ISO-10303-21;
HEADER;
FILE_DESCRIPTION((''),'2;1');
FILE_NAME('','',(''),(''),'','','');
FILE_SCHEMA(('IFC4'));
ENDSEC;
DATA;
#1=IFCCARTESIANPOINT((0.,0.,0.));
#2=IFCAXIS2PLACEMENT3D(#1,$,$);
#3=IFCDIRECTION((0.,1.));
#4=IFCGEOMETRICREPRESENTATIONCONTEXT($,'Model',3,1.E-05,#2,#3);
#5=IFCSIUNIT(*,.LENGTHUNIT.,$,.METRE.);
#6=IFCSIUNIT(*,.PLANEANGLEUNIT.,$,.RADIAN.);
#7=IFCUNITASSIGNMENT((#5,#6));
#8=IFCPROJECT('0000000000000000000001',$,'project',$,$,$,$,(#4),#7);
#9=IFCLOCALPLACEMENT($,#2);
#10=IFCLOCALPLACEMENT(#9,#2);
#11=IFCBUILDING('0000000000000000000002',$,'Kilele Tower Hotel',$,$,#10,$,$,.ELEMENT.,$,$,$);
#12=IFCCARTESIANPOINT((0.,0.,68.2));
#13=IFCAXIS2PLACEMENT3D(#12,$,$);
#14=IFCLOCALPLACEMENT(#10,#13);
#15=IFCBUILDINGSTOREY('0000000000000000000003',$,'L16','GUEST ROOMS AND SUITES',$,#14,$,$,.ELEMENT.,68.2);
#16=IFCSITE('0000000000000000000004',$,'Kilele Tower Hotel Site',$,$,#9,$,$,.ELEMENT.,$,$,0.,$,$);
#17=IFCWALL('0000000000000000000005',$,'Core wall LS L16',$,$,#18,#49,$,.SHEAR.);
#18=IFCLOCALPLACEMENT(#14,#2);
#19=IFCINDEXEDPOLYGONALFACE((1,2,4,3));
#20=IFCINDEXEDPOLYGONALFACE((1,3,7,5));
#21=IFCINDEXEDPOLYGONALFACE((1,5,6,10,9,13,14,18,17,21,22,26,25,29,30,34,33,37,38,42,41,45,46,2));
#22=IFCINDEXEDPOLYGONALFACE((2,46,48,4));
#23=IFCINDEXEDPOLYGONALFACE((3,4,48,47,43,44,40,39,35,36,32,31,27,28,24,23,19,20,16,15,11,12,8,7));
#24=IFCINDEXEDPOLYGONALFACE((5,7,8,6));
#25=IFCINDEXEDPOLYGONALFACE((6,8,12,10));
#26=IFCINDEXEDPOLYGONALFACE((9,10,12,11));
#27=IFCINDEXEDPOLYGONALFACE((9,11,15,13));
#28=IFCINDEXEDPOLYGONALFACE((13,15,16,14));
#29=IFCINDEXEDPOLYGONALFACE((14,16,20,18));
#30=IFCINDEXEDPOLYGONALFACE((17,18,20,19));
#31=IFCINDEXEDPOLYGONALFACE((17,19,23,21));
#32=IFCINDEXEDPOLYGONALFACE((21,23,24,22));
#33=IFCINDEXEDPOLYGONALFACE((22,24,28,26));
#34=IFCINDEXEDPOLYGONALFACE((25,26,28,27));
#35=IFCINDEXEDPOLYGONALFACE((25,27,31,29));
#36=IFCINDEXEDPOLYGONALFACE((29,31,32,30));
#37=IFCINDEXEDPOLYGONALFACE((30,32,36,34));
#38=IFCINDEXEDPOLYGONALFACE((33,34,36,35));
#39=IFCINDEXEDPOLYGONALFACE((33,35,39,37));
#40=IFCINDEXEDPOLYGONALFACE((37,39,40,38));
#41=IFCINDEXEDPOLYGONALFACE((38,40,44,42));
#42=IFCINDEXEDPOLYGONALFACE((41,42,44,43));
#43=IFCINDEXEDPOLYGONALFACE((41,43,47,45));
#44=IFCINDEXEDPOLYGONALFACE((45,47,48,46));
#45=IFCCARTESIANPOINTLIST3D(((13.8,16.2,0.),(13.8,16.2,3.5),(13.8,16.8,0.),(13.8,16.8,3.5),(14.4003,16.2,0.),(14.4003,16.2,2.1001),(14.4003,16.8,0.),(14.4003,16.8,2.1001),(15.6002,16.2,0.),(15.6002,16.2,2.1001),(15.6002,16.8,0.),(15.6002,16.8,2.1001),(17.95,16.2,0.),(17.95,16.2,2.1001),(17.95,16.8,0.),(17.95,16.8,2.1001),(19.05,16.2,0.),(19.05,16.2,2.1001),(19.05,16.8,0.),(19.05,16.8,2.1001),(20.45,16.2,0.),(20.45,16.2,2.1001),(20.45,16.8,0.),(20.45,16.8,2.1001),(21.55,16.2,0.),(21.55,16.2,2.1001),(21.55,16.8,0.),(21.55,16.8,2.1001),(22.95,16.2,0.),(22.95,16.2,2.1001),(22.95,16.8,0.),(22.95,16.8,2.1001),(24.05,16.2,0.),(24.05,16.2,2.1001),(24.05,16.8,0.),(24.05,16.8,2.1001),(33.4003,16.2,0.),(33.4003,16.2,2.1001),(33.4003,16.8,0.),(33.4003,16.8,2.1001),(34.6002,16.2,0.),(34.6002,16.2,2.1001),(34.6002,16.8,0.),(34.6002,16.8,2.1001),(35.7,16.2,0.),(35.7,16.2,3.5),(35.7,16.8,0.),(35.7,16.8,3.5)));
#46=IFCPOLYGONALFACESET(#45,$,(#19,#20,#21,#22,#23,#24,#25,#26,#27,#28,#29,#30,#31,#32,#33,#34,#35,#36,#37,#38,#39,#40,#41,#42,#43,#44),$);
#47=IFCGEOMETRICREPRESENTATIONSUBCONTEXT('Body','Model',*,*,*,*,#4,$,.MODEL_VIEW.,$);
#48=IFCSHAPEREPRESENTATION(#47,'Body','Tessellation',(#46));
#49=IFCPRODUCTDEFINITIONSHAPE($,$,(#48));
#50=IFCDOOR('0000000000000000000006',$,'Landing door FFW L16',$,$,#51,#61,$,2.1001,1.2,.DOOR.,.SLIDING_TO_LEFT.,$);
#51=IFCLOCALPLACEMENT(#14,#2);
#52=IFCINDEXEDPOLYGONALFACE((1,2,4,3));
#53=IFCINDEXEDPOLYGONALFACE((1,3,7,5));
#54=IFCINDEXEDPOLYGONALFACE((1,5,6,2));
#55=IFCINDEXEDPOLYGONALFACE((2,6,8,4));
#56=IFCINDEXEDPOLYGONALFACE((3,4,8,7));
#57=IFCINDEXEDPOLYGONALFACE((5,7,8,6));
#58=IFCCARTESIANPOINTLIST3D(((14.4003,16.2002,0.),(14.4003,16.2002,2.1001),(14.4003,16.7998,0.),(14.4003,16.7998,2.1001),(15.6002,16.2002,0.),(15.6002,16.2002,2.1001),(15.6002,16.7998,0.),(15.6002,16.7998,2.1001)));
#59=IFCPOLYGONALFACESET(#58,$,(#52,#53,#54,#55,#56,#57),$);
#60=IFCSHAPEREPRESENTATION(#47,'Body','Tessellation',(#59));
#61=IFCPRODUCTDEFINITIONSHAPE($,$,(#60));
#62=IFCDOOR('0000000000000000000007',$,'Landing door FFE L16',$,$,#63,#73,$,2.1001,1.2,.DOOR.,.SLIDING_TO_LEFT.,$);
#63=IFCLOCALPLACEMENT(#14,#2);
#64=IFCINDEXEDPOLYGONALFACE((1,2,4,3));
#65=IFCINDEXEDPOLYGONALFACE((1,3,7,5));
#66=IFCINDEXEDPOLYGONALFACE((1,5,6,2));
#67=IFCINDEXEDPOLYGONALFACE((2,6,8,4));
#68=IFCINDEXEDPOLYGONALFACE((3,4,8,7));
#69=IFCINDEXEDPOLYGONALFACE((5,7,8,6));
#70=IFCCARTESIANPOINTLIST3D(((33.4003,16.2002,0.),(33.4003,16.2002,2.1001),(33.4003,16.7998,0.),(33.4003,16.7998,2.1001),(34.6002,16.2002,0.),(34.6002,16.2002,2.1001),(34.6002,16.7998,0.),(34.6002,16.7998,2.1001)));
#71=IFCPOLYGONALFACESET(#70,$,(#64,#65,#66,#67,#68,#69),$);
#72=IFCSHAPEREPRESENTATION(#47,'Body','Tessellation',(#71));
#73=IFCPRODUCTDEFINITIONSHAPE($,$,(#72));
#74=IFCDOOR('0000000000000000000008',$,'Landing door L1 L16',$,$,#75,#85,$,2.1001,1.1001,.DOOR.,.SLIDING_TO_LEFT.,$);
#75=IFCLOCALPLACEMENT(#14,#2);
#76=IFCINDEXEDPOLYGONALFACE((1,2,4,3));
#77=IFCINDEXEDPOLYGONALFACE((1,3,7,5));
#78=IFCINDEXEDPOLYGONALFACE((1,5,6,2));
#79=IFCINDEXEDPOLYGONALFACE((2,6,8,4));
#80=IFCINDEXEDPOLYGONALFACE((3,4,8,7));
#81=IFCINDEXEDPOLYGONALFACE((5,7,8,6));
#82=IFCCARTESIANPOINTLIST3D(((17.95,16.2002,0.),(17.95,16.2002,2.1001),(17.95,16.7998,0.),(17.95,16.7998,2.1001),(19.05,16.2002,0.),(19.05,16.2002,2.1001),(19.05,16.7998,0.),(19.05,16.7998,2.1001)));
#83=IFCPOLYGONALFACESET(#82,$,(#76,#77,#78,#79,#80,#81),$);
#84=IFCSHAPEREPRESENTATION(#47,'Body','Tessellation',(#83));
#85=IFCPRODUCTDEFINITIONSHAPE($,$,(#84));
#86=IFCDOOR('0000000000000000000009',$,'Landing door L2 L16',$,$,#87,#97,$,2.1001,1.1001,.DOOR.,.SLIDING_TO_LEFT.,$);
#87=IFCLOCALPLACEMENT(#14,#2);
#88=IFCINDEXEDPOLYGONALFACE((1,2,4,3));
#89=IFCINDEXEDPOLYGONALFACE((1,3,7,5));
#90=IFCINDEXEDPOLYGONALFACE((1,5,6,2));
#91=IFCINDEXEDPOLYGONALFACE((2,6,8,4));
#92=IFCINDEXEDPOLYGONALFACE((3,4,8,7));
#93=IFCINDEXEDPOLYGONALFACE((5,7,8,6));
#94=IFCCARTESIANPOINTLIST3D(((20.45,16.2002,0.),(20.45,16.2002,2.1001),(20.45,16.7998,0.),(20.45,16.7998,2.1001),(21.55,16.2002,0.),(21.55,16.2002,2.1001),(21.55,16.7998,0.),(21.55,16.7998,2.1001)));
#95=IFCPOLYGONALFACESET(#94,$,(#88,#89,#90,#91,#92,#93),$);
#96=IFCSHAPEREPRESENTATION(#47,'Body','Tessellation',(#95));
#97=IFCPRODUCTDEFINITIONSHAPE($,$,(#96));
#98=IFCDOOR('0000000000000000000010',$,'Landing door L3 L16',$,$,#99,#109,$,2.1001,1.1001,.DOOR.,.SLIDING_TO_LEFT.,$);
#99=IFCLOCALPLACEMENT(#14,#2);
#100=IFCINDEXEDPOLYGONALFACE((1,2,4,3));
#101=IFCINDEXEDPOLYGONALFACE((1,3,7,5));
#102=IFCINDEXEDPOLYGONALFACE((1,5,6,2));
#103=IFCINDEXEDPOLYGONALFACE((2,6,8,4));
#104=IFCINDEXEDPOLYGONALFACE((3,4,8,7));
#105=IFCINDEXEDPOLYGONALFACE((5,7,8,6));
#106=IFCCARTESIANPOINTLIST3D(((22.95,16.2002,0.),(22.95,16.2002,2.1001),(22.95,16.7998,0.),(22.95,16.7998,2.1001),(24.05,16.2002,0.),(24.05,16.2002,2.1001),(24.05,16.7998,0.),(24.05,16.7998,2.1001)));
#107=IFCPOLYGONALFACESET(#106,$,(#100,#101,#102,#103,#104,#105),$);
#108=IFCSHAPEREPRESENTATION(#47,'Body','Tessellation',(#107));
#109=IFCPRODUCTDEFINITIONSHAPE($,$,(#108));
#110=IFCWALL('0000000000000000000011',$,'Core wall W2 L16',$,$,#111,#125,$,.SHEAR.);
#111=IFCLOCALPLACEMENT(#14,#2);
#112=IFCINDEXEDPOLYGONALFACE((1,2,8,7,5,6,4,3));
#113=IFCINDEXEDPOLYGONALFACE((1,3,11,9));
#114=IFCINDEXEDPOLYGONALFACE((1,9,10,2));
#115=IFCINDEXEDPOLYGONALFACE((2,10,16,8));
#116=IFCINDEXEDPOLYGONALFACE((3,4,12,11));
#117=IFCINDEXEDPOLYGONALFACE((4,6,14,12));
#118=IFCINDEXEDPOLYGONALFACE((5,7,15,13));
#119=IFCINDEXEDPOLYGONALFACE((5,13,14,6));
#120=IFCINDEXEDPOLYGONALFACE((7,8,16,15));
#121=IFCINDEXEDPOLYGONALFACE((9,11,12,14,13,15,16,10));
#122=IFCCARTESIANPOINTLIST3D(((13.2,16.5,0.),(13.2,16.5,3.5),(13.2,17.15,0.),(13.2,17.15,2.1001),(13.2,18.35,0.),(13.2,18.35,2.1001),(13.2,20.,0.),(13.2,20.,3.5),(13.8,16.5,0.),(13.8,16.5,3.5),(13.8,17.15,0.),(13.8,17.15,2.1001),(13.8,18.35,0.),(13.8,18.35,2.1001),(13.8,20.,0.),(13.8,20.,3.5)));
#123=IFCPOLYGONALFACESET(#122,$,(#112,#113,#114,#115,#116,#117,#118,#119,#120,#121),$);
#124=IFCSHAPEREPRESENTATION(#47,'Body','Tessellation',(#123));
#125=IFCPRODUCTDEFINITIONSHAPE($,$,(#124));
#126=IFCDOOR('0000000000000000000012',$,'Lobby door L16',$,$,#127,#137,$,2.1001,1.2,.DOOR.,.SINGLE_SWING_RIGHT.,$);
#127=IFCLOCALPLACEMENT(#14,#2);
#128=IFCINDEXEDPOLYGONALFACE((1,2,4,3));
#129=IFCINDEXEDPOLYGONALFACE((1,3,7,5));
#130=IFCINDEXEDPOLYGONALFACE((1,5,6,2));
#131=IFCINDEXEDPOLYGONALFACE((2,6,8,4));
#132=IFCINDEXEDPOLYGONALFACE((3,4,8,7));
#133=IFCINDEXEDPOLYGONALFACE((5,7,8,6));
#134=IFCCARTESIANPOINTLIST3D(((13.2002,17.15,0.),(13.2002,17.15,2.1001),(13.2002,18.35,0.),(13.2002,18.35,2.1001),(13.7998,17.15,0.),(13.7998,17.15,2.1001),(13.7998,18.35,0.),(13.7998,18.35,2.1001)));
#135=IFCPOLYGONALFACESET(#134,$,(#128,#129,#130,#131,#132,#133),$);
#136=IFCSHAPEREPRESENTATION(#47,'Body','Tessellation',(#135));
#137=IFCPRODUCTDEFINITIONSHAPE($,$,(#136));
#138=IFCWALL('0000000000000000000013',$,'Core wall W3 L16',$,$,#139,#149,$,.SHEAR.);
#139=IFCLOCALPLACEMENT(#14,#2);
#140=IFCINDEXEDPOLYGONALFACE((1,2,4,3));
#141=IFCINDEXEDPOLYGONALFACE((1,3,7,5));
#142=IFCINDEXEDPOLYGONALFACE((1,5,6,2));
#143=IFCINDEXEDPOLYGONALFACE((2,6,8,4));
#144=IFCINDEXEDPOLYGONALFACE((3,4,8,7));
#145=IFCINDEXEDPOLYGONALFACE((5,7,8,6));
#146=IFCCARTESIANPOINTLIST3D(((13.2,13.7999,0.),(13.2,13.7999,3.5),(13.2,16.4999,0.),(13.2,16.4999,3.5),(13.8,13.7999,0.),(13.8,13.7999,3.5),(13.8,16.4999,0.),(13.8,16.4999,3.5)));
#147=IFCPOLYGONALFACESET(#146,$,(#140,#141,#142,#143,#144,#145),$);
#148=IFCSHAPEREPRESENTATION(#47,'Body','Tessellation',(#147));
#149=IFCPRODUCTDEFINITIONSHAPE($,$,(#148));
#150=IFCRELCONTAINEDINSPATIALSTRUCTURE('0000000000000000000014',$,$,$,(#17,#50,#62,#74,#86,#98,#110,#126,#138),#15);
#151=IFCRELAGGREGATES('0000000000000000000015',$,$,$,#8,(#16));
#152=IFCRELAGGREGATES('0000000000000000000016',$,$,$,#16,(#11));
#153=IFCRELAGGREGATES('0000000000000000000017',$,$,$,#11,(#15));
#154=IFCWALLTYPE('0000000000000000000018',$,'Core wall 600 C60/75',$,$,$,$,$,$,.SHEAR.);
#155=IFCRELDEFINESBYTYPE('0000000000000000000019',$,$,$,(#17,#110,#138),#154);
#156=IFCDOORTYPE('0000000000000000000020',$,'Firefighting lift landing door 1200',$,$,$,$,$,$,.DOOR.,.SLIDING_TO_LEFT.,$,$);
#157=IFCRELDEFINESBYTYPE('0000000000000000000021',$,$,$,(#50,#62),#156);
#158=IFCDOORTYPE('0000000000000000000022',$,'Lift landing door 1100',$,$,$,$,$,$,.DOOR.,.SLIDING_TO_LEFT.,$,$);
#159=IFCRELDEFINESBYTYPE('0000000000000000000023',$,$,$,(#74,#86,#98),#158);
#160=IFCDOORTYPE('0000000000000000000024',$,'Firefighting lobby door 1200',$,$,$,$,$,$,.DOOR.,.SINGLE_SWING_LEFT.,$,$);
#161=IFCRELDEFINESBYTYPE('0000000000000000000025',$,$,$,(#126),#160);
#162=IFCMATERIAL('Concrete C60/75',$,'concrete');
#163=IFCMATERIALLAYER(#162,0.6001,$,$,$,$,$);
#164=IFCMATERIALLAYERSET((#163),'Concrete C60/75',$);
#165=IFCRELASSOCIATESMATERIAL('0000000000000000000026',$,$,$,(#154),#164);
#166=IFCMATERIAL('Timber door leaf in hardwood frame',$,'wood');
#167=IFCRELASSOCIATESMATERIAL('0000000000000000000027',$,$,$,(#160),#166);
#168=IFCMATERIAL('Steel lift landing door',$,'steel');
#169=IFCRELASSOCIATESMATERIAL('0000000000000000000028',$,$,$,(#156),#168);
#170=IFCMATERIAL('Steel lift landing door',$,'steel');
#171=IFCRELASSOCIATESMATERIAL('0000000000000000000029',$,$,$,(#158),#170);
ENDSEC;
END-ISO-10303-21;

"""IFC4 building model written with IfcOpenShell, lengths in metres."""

from ifc_helpers import new_model, si_unit, direction, frame, frame_2d, origin, place, context, subcontext, project, spatial, rectangle, extrude, material, layer, layer_set, type_object, element, fill, save


model = new_model("IFC4")

# Units and contexts
model_context = context("Model", 3, precision=1e-05, world=origin(), true_north=direction((0.0, 1.0)))
body_context = subcontext(model_context, "Body", "Model", "MODEL_VIEW")
ifc_project = project(units=[si_unit("LENGTHUNIT", "METRE"), si_unit("PLANEANGLEUNIT", "RADIAN")], contexts=[model_context])

# Site, building, storey
site_placement = place(None, origin())
site = spatial("IfcSite", under=ifc_project, at=site_placement, Name="Kilele Tower Hotel Site", CompositionType="ELEMENT", RefElevation=0.0)
building_placement = place(site_placement, origin())
building = spatial("IfcBuilding", under=site, at=building_placement, Name="Kilele Tower Hotel", CompositionType="ELEMENT")
storey_placement = place(building_placement, frame((0.0, 0.0, 68.2)))
storey = spatial("IfcBuildingStorey", under=building, at=storey_placement, Name="L16", Description="GUEST ROOMS AND SUITES", CompositionType="ELEMENT", Elevation=68.2)

# Shared definitions
ifc_material_1 = material(Name="Concrete C60/75", Category="concrete")
ifc_layer_1 = layer(ifc_material_1, 0.6001)
ifc_layer_set_1 = layer_set([ifc_layer_1], Name="Concrete C60/75")
wall_type_1 = type_object("IfcWallType", Name="Core wall 600 C60/75", PredefinedType="SHEAR", material=ifc_layer_set_1)

# Shared definitions
ifc_material_2 = material(Name="Timber door leaf in hardwood frame", Category="wood")
door_type_1 = type_object("IfcDoorType", Name="Firefighting lobby door 1200", OperationType="SINGLE_SWING_LEFT", PredefinedType="DOOR", material=ifc_material_2)

# Wall, openings, doors
wall_1_placement = place(storey_placement, frame((13.8, 16.5, 0.0), z_axis=(0.0, 0.0, 1.0), x_axis=(1.0, 0.0, 0.0)))
wall_1 = element("IfcWall", 1, at=wall_1_placement, inside=storey, type_object=wall_type_1, Name="Core wall LS L16", PredefinedType="SHEAR", context=body_context, shape_type="SweptSolid", body=[
    extrude(rectangle(XDim=21.8999, YDim=0.6001, at=frame_2d((10.95, 0.0))), origin(), (0.0, 0.0, 1.0), 3.5),
])
opening_1_placement = place(wall_1_placement, frame((4.1499, 0.0, 0.0)))
opening_1 = element("IfcOpeningElement", 2, at=opening_1_placement, cuts=wall_1, PredefinedType="OPENING", context=body_context, shape_type="SweptSolid", body=[
    extrude(rectangle(XDim=1.1001, YDim=2.1001, at=frame_2d((0.55, 1.05))), frame((0.0, 0.3101, 0.0), z_axis=(0.0, -1.0, 0.0), x_axis=(1.0, 0.0, 0.0)), (0.0, 0.0, 1.0), 0.6201),
])
opening_2_placement = place(wall_1_placement, frame((6.6499, 0.0, 0.0)))
opening_2 = element("IfcOpeningElement", 3, at=opening_2_placement, cuts=wall_1, PredefinedType="OPENING", context=body_context, shape_type="SweptSolid", body=[
    extrude(rectangle(XDim=1.1001, YDim=2.1001, at=frame_2d((0.55, 1.05))), frame((0.0, 0.3101, 0.0), z_axis=(0.0, -1.0, 0.0), x_axis=(1.0, 0.0, 0.0)), (0.0, 0.0, 1.0), 0.6201),
])
opening_3_placement = place(wall_1_placement, frame((9.1499, 0.0, 0.0)))
opening_3 = element("IfcOpeningElement", 4, at=opening_3_placement, cuts=wall_1, PredefinedType="OPENING", context=body_context, shape_type="SweptSolid", body=[
    extrude(rectangle(XDim=1.1001, YDim=2.1001, at=frame_2d((0.55, 1.05))), frame((0.0, 0.3101, 0.0), z_axis=(0.0, -1.0, 0.0), x_axis=(1.0, 0.0, 0.0)), (0.0, 0.0, 1.0), 0.6201),
])
opening_4_placement = place(wall_1_placement, frame((0.6001, 0.0, 0.0)))
opening_4 = element("IfcOpeningElement", 5, at=opening_4_placement, cuts=wall_1, PredefinedType="OPENING", context=body_context, shape_type="SweptSolid", body=[
    extrude(rectangle(XDim=1.2, YDim=2.1001, at=frame_2d((0.6001, 1.05))), frame((0.0, 0.3101, 0.0), z_axis=(0.0, -1.0, 0.0), x_axis=(1.0, 0.0, 0.0)), (0.0, 0.0, 1.0), 0.6201),
])
opening_5_placement = place(wall_1_placement, frame((19.6001, 0.0, 0.0)))
opening_5 = element("IfcOpeningElement", 6, at=opening_5_placement, cuts=wall_1, PredefinedType="OPENING", context=body_context, shape_type="SweptSolid", body=[
    extrude(rectangle(XDim=1.2, YDim=2.1001, at=frame_2d((0.6001, 1.05))), frame((0.0, 0.3101, 0.0), z_axis=(0.0, -1.0, 0.0), x_axis=(1.0, 0.0, 0.0)), (0.0, 0.0, 1.0), 0.6201),
])
ifc_material_3 = material(Name="Steel lift landing door", Category="steel")
door_type_2 = type_object("IfcDoorType", Name="Firefighting lift landing door 1200", OperationType="SLIDING_TO_LEFT", PredefinedType="DOOR", material=ifc_material_3)
door_1_placement = place(opening_4_placement, origin())
door_1 = element("IfcDoor", 7, at=door_1_placement, inside=storey, type_object=door_type_2, Name="Landing door FFW L16", OperationType="SLIDING_TO_LEFT", OverallHeight=2.1001, OverallWidth=1.2, PredefinedType="DOOR", context=body_context, shape_type="SweptSolid", body=[
    extrude(rectangle(XDim=1.2, YDim=2.1001, at=frame_2d((0.6001, 1.05))), frame((0.0, 0.2998, 0.0), z_axis=(0.0, -1.0, 0.0), x_axis=(1.0, 0.0, 0.0)), (0.0, 0.0, 1.0), 0.5996),
])
fill(opening_4, door_1)
door_2_placement = place(opening_5_placement, origin())
door_2 = element("IfcDoor", 8, at=door_2_placement, inside=storey, type_object=door_type_2, Name="Landing door FFE L16", OperationType="SLIDING_TO_LEFT", OverallHeight=2.1001, OverallWidth=1.2, PredefinedType="DOOR", context=body_context, shape_type="SweptSolid", body=[
    extrude(rectangle(XDim=1.2, YDim=2.1001, at=frame_2d((0.6001, 1.05))), frame((0.0, 0.2998, 0.0), z_axis=(0.0, -1.0, 0.0), x_axis=(1.0, 0.0, 0.0)), (0.0, 0.0, 1.0), 0.5996),
])
fill(opening_5, door_2)
ifc_material_4 = material(Name="Steel lift landing door", Category="steel")
door_type_3 = type_object("IfcDoorType", Name="Lift landing door 1100", OperationType="SLIDING_TO_LEFT", PredefinedType="DOOR", material=ifc_material_4)
door_3_placement = place(opening_1_placement, origin())
door_3 = element("IfcDoor", 9, at=door_3_placement, inside=storey, type_object=door_type_3, Name="Landing door L1 L16", OperationType="SLIDING_TO_LEFT", OverallHeight=2.1001, OverallWidth=1.1001, PredefinedType="DOOR", context=body_context, shape_type="SweptSolid", body=[
    extrude(rectangle(XDim=1.1001, YDim=2.1001, at=frame_2d((0.55, 1.05))), frame((0.0, 0.2998, 0.0), z_axis=(0.0, -1.0, 0.0), x_axis=(1.0, 0.0, 0.0)), (0.0, 0.0, 1.0), 0.5996),
])
fill(opening_1, door_3)
door_4_placement = place(opening_2_placement, origin())
door_4 = element("IfcDoor", 10, at=door_4_placement, inside=storey, type_object=door_type_3, Name="Landing door L2 L16", OperationType="SLIDING_TO_LEFT", OverallHeight=2.1001, OverallWidth=1.1001, PredefinedType="DOOR", context=body_context, shape_type="SweptSolid", body=[
    extrude(rectangle(XDim=1.1001, YDim=2.1001, at=frame_2d((0.55, 1.05))), frame((0.0, 0.2998, 0.0), z_axis=(0.0, -1.0, 0.0), x_axis=(1.0, 0.0, 0.0)), (0.0, 0.0, 1.0), 0.5996),
])
fill(opening_2, door_4)
door_5_placement = place(opening_3_placement, origin())
door_5 = element("IfcDoor", 11, at=door_5_placement, inside=storey, type_object=door_type_3, Name="Landing door L3 L16", OperationType="SLIDING_TO_LEFT", OverallHeight=2.1001, OverallWidth=1.1001, PredefinedType="DOOR", context=body_context, shape_type="SweptSolid", body=[
    extrude(rectangle(XDim=1.1001, YDim=2.1001, at=frame_2d((0.55, 1.05))), frame((0.0, 0.2998, 0.0), z_axis=(0.0, -1.0, 0.0), x_axis=(1.0, 0.0, 0.0)), (0.0, 0.0, 1.0), 0.5996),
])
fill(opening_3, door_5)

# Wall, opening, door
wall_2_placement = place(storey_placement, frame((13.5, 20.0, 0.0), z_axis=(0.0, 0.0, 1.0), x_axis=(0.0, -1.0, 0.0)))
wall_2 = element("IfcWall", 12, at=wall_2_placement, inside=storey, type_object=wall_type_1, Name="Core wall W2 L16", PredefinedType="SHEAR", context=body_context, shape_type="SweptSolid", body=[
    extrude(rectangle(XDim=3.5, YDim=0.6001, at=frame_2d((1.75, 0.0))), origin(), (0.0, 0.0, 1.0), 3.5),
])
opening_6_placement = place(wall_2_placement, frame((1.6499, 0.0, 0.0)))
opening_6 = element("IfcOpeningElement", 13, at=opening_6_placement, cuts=wall_2, PredefinedType="OPENING", context=body_context, shape_type="SweptSolid", body=[
    extrude(rectangle(XDim=1.2, YDim=2.1001, at=frame_2d((0.6001, 1.05))), frame((0.0, 0.3101, 0.0), z_axis=(0.0, -1.0, 0.0), x_axis=(1.0, 0.0, 0.0)), (0.0, 0.0, 1.0), 0.6201),
])
door_6_placement = place(opening_6_placement, origin())
door_6 = element("IfcDoor", 14, at=door_6_placement, inside=storey, type_object=door_type_1, Name="Lobby door L16", OperationType="SINGLE_SWING_RIGHT", OverallHeight=2.1001, OverallWidth=1.2, PredefinedType="DOOR", context=body_context, shape_type="SweptSolid", body=[
    extrude(rectangle(XDim=1.2, YDim=2.1001, at=frame_2d((0.6001, 1.05))), frame((0.0, 0.2998, 0.0), z_axis=(0.0, -1.0, 0.0), x_axis=(1.0, 0.0, 0.0)), (0.0, 0.0, 1.0), 0.5996),
])
fill(opening_6, door_6)

# Wall
wall_3_placement = place(storey_placement, frame((13.5, 16.5, 0.0), z_axis=(0.0, 0.0, 1.0), x_axis=(0.0, -1.0, 0.0)))
element("IfcWall", 15, at=wall_3_placement, inside=storey, type_object=wall_type_1, Name="Core wall W3 L16", PredefinedType="SHEAR", context=body_context, shape_type="SweptSolid", body=[
    extrude(rectangle(XDim=2.7, YDim=0.6001, at=frame_2d((1.3501, 0.0))), origin(), (0.0, 0.0, 1.0), 3.5),
])

save(model, "model.ifc")
